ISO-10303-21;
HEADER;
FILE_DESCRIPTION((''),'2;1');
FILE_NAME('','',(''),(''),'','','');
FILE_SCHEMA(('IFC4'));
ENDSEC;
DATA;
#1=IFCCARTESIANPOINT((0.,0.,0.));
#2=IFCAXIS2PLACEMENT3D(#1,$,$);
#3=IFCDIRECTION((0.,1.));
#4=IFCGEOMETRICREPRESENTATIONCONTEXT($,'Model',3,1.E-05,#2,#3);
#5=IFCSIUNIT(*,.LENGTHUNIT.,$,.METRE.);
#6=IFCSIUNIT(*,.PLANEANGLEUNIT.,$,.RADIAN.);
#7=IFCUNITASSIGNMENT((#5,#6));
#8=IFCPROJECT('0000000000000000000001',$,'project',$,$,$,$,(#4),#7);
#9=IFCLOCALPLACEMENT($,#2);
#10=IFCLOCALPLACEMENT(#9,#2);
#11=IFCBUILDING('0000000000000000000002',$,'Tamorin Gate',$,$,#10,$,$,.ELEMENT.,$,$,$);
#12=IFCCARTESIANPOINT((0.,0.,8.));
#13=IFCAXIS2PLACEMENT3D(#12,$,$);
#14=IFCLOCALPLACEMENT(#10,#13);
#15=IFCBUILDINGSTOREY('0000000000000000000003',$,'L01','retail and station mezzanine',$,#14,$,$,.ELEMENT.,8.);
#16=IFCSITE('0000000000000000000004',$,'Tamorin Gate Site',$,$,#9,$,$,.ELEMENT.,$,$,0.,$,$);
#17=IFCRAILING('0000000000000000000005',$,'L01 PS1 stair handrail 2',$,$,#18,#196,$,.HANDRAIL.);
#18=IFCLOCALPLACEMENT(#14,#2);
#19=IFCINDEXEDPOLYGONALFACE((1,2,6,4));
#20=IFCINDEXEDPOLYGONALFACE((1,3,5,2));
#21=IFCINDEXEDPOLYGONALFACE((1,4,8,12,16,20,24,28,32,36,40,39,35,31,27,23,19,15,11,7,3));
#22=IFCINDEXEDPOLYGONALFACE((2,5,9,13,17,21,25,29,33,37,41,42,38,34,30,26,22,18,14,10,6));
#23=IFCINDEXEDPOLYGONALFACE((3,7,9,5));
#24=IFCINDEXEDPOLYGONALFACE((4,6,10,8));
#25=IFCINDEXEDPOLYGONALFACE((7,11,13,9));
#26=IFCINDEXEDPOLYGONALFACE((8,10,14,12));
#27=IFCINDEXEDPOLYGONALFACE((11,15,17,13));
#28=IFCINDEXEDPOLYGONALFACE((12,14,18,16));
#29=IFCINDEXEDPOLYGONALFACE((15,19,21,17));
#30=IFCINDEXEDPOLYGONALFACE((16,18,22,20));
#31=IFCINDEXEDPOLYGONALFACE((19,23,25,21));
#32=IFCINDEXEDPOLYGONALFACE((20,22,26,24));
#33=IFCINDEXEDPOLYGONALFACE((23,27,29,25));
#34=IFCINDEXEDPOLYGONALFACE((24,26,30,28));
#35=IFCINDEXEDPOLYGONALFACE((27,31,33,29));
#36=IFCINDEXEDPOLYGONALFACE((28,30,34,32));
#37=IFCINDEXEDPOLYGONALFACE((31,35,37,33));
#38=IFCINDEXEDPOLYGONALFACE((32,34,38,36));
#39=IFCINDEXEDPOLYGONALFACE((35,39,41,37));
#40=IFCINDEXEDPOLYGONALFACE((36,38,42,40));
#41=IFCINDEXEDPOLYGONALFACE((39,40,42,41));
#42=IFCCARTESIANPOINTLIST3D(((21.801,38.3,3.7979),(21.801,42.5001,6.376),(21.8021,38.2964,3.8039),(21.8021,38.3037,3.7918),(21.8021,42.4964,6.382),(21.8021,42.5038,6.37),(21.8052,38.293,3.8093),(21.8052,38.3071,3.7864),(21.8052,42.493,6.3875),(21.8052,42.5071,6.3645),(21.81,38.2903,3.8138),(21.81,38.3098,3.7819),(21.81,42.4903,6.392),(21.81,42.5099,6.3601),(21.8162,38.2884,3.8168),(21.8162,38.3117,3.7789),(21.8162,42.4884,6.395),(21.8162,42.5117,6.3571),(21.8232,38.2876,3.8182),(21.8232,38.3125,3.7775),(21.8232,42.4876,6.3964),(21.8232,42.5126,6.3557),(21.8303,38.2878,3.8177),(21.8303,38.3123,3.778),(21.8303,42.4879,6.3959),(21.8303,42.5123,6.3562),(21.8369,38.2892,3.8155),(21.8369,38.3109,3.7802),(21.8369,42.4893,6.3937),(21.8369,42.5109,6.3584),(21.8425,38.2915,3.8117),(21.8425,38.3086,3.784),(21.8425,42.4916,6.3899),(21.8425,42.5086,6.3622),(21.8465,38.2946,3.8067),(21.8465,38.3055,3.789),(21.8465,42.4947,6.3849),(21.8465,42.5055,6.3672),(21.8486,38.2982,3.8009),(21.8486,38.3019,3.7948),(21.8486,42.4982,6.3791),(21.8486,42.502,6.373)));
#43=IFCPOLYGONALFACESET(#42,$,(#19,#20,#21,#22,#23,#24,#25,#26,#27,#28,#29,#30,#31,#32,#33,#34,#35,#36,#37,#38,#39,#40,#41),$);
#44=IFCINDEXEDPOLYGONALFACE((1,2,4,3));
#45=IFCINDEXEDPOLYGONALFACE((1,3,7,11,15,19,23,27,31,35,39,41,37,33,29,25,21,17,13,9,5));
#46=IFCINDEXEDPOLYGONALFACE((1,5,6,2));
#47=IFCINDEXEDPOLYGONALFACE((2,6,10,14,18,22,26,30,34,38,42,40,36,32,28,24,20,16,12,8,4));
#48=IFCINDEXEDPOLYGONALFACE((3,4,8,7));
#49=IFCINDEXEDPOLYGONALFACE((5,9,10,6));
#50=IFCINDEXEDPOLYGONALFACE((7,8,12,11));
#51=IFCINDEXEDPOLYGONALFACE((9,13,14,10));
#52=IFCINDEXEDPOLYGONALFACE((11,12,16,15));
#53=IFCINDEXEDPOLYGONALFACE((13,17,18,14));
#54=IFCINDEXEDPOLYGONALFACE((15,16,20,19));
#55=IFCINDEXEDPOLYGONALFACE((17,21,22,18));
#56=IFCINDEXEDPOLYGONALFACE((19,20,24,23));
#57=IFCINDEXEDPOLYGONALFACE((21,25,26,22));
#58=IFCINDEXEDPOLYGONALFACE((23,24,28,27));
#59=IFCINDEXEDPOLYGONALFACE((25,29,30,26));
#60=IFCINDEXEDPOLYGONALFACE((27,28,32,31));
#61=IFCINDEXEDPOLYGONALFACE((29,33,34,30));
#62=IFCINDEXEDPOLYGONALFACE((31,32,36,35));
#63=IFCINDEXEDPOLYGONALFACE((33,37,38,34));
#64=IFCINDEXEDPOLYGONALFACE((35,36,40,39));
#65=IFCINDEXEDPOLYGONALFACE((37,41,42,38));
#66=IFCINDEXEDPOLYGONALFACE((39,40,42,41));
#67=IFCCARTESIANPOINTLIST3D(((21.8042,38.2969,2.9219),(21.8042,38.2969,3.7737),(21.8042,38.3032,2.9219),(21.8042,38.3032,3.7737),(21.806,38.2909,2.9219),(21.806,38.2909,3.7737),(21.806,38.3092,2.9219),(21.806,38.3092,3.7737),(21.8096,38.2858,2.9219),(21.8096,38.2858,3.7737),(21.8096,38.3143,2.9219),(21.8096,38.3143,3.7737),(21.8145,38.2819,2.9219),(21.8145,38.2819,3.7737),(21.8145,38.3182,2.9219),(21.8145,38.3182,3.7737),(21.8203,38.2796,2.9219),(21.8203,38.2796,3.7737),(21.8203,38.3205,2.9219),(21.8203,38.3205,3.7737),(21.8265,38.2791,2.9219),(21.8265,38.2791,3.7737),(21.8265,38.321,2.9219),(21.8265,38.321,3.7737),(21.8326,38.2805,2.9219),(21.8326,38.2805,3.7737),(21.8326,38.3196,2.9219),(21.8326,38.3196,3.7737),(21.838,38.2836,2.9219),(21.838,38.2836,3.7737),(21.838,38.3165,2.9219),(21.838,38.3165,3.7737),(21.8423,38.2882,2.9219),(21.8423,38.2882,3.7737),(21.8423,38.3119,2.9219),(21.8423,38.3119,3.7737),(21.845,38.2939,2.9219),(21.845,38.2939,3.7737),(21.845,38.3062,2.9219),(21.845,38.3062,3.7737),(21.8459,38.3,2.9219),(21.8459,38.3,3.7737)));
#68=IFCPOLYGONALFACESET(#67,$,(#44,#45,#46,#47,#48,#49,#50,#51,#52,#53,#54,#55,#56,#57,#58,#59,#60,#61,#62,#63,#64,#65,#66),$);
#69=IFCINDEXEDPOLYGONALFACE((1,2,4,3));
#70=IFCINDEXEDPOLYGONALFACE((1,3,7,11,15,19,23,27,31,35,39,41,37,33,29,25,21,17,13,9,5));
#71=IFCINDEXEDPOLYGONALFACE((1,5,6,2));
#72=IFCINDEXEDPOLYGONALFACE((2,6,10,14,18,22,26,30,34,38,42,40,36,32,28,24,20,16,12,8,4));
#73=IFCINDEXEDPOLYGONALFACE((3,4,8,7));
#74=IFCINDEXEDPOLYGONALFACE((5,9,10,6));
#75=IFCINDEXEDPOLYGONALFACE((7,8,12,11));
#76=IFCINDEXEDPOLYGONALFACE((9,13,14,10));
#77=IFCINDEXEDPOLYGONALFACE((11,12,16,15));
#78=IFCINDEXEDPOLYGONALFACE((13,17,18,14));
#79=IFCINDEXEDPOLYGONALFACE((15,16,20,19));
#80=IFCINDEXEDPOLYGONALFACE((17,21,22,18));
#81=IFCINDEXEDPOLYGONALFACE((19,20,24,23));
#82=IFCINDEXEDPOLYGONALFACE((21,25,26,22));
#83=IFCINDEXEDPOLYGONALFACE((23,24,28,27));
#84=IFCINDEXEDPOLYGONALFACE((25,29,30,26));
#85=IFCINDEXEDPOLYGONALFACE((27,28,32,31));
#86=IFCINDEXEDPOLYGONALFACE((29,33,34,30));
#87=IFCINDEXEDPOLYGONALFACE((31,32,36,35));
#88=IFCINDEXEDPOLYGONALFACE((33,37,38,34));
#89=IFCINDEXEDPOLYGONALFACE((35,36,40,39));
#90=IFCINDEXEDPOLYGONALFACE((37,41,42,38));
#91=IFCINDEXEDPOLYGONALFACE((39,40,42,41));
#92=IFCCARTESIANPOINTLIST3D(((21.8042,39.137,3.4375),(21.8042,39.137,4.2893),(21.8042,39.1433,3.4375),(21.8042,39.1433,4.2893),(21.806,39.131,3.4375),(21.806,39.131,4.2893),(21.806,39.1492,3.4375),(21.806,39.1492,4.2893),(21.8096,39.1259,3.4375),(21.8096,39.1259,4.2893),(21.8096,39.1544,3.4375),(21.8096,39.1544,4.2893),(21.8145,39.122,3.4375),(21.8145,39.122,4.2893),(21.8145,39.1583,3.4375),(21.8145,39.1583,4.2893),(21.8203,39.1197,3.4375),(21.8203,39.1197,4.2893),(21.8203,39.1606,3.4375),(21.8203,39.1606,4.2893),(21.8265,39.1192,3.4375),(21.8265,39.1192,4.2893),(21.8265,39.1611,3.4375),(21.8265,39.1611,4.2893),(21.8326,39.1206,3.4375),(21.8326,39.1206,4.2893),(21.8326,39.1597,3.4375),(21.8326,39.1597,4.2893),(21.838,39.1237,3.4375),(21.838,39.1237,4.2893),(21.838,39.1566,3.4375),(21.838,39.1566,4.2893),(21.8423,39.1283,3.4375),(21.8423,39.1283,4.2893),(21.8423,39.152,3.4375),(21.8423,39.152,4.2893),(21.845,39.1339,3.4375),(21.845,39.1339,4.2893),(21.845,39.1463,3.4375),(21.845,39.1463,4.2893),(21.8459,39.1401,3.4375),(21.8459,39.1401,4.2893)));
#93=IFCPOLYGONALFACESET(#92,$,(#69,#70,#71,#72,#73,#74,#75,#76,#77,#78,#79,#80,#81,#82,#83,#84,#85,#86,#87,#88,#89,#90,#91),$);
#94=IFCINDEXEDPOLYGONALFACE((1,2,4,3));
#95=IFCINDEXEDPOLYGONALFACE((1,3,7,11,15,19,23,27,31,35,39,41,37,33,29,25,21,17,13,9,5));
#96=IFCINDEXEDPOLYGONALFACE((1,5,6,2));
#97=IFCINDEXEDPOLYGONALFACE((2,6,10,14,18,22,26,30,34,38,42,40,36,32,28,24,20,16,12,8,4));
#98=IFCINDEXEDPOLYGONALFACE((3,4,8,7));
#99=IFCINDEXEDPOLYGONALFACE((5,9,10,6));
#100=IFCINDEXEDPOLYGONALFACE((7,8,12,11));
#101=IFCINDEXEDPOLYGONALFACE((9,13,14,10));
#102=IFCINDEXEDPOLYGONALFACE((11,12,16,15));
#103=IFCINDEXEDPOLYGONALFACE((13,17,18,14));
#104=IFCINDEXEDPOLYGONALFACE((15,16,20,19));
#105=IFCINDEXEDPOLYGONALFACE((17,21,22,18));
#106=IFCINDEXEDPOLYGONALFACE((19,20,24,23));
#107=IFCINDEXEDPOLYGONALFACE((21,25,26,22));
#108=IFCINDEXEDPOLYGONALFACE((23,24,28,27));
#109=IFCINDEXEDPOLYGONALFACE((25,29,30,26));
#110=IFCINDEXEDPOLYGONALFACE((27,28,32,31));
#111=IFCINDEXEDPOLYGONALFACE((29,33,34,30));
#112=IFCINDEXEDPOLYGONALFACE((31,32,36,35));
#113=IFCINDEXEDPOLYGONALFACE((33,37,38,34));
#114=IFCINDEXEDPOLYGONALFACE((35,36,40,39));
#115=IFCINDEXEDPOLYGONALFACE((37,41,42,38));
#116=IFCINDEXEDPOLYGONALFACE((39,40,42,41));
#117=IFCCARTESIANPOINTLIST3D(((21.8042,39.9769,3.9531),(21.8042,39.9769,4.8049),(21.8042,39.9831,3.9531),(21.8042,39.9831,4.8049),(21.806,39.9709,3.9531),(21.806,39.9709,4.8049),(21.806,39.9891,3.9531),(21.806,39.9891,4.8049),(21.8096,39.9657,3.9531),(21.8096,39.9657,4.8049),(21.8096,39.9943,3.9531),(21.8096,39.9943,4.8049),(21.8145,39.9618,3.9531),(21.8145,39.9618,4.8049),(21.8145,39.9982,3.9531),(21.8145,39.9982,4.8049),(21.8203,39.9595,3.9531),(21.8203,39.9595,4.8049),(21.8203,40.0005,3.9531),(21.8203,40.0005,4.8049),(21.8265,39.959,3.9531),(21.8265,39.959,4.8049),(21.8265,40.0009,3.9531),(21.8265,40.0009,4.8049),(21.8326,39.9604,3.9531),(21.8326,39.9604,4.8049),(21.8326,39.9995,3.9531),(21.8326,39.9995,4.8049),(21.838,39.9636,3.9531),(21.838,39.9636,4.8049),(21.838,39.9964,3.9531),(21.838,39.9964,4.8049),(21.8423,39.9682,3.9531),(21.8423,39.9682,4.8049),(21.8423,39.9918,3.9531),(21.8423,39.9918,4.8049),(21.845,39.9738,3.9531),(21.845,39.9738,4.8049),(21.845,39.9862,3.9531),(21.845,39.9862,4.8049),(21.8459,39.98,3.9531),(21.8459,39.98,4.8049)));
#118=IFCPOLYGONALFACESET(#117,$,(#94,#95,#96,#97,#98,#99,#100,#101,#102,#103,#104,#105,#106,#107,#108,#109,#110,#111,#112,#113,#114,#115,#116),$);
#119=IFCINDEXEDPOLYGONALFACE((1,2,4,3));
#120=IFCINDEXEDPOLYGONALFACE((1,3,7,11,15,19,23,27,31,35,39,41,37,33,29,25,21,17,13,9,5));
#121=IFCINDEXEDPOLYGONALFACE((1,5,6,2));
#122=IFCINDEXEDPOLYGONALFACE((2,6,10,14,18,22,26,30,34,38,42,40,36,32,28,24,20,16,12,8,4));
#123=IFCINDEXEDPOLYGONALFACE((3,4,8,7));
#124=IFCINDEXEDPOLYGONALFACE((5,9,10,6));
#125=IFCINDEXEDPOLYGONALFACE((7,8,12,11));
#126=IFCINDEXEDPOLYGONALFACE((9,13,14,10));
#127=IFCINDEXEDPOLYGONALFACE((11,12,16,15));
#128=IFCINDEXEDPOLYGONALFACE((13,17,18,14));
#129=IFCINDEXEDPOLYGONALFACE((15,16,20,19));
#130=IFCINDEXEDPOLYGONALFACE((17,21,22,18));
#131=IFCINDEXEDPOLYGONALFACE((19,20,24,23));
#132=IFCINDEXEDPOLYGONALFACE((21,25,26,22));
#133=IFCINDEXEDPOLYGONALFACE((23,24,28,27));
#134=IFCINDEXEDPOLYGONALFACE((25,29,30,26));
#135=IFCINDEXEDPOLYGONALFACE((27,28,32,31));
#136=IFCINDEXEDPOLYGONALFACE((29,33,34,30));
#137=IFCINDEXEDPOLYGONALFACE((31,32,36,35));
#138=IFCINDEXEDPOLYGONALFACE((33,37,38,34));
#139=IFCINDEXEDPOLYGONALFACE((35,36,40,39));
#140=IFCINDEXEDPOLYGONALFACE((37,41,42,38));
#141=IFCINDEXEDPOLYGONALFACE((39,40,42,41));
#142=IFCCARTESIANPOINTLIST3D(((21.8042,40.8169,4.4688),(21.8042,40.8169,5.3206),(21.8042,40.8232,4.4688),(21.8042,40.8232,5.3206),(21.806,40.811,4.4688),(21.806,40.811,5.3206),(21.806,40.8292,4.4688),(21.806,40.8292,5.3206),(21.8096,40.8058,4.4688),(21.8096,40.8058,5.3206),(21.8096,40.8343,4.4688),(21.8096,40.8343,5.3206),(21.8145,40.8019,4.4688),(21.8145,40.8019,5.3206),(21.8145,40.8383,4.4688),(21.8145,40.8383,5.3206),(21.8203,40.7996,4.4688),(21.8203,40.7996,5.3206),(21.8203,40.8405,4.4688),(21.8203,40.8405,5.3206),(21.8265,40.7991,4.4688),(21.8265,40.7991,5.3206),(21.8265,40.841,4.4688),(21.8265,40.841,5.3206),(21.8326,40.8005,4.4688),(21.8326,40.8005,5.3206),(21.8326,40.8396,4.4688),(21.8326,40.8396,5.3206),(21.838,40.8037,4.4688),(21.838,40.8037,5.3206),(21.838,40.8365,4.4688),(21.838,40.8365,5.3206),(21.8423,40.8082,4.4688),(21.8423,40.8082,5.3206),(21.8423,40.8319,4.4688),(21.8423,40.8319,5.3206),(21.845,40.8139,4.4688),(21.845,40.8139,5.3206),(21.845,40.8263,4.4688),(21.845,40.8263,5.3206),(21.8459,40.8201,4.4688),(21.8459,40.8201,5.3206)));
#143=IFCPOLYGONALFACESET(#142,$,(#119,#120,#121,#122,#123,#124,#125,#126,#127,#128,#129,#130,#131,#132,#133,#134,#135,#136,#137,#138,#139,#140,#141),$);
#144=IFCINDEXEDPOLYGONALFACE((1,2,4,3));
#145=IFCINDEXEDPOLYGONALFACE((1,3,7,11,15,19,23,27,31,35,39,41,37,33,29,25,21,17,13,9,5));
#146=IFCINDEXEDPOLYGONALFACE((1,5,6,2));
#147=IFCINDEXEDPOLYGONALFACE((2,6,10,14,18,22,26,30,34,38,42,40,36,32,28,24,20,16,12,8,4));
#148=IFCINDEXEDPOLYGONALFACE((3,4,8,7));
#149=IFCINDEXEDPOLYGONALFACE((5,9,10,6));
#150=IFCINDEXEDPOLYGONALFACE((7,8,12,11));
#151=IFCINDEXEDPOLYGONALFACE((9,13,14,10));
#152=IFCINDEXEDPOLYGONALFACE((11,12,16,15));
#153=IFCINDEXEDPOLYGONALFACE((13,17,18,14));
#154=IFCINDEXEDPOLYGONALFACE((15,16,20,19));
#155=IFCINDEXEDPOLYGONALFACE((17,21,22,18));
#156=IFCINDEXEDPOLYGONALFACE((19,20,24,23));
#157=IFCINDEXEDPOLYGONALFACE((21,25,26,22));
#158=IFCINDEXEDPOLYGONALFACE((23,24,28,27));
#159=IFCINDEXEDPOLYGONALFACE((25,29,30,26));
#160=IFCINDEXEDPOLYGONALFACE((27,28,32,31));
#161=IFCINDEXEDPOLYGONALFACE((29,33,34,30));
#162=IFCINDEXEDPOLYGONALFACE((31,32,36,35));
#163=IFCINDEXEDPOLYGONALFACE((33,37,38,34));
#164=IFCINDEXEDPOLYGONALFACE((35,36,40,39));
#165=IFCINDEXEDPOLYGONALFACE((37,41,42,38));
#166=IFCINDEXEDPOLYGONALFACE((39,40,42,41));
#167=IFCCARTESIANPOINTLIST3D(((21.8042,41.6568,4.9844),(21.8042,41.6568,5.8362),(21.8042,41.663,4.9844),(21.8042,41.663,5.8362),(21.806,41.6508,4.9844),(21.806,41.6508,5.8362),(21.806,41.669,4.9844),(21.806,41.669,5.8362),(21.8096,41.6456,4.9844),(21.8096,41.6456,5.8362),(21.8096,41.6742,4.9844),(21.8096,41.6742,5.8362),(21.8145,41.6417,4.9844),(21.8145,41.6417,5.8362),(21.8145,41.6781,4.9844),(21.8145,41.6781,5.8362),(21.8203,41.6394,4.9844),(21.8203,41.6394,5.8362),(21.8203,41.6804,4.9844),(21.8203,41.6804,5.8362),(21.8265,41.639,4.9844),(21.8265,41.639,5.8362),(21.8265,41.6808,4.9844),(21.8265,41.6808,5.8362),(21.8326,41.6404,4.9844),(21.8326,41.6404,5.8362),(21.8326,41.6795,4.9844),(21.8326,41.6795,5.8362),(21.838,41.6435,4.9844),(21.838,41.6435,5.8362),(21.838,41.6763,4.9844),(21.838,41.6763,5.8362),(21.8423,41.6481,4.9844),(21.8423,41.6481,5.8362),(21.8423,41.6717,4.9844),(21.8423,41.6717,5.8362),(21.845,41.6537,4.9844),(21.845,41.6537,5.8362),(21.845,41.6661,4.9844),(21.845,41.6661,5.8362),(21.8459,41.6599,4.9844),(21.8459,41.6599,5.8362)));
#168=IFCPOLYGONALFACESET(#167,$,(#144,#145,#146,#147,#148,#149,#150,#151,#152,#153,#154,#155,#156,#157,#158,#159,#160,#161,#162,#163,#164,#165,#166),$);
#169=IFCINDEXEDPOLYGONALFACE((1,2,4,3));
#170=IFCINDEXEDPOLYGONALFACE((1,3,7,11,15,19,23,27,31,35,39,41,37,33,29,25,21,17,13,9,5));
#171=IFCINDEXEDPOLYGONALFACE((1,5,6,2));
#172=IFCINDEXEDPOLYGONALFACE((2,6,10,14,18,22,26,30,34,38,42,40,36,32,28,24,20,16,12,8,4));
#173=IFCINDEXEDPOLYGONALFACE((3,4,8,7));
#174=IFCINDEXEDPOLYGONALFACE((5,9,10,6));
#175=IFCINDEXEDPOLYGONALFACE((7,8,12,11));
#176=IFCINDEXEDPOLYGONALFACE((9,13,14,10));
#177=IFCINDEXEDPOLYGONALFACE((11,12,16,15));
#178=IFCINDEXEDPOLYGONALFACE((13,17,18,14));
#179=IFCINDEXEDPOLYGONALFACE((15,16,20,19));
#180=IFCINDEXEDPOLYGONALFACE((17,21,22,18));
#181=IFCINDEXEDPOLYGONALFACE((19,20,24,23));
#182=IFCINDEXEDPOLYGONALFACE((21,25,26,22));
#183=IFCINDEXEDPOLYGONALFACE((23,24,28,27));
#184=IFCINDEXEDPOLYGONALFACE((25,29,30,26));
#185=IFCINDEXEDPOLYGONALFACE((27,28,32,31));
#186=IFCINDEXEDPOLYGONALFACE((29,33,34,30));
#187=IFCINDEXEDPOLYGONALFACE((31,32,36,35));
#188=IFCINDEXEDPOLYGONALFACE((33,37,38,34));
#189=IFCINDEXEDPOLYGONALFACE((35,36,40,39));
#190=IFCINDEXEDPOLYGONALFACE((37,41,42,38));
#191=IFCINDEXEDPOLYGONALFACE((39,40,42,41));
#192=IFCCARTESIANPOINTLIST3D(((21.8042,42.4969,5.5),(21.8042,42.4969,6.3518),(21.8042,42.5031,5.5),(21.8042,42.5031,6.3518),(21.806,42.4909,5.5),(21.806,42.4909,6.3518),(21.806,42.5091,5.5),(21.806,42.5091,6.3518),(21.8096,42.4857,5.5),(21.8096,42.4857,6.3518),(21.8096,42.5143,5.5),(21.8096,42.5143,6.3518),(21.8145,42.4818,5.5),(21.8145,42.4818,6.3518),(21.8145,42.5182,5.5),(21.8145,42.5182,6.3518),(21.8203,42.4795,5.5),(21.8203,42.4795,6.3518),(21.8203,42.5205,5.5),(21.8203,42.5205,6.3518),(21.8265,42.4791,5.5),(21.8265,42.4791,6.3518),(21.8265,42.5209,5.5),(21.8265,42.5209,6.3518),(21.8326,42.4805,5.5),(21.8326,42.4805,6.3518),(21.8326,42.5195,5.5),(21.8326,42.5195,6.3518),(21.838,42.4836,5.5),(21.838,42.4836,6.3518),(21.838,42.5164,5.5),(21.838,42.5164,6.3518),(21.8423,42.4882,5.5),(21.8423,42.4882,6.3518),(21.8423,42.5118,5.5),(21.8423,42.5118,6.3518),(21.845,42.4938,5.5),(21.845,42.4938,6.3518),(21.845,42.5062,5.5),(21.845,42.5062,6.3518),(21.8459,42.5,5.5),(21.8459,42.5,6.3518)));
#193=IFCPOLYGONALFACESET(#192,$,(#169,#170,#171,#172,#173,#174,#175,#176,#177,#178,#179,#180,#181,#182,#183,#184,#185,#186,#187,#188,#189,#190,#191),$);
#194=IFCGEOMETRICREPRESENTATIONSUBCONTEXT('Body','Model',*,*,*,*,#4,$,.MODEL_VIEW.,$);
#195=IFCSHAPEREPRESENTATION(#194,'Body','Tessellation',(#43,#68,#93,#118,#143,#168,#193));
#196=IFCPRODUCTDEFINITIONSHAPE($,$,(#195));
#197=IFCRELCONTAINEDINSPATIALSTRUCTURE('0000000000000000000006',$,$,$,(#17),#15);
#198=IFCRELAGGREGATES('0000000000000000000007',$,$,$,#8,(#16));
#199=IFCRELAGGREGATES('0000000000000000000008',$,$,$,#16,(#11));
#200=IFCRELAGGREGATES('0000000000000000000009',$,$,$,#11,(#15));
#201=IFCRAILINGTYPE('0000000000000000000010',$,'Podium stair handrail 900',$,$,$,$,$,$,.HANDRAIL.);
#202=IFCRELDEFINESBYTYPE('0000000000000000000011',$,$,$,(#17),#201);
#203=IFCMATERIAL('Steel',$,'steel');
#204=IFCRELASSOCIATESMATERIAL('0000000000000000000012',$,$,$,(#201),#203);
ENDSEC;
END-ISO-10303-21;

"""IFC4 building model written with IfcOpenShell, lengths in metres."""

from ifc_helpers import new_model, si_unit, direction, frame, origin, origin_2d, place, context, subcontext, project, spatial, circle, extrude, material, type_object, element, save


model = new_model("IFC4")

# Units and contexts
model_context = context("Model", 3, precision=1e-05, world=origin(), true_north=direction((0.0, 1.0)))
body_context = subcontext(model_context, "Body", "Model", "MODEL_VIEW")
ifc_project = project(units=[si_unit("LENGTHUNIT", "METRE"), si_unit("PLANEANGLEUNIT", "RADIAN")], contexts=[model_context])

# Site, building, storey
site_placement = place(None, origin())
site = spatial("IfcSite", under=ifc_project, at=site_placement, Name="Tamorin Gate Site", CompositionType="ELEMENT", RefElevation=0.0)
building_placement = place(site_placement, origin())
building = spatial("IfcBuilding", under=site, at=building_placement, Name="Tamorin Gate", CompositionType="ELEMENT")
storey_placement = place(building_placement, frame((0.0, 0.0, 8.0)))
storey = spatial("IfcBuildingStorey", under=building, at=storey_placement, Name="L01", Description="retail and station mezzanine", CompositionType="ELEMENT", Elevation=8.0)

# Railing
ifc_material_1 = material(Name="Steel", Category="steel")
railing_type_1 = type_object("IfcRailingType", Name="Podium stair handrail 900", PredefinedType="HANDRAIL", material=ifc_material_1)
railing_1_placement = place(storey_placement, frame((21.825, 38.3, 2.9219)))
element("IfcRailing", 1, at=railing_1_placement, inside=storey, type_object=railing_type_1, Name="L01 PS1 stair handrail 2", PredefinedType="HANDRAIL", context=body_context, shape_type="SweptSolid", body=[
    extrude(circle(Radius=0.0239, at=origin_2d()), frame((0.0, 0.0, 0.876), z_axis=(0.0, 0.852243, 0.523146), x_axis=(-1.0, 0.0, 0.0)), (0.0, 0.0, 1.0), 4.9282),
    extrude(circle(Radius=0.021, at=origin_2d()), origin(), (0.0, 0.0, 1.0), 0.8518),
    extrude(circle(Radius=0.021, at=origin_2d()), frame((0.0, 0.8401, 0.5156)), (0.0, 0.0, 1.0), 0.8518),
    extrude(circle(Radius=0.021, at=origin_2d()), frame((0.0, 1.6799, 1.0312)), (0.0, 0.0, 1.0), 0.8518),
    extrude(circle(Radius=0.021, at=origin_2d()), frame((0.0, 2.52, 1.5469)), (0.0, 0.0, 1.0), 0.8518),
    extrude(circle(Radius=0.021, at=origin_2d()), frame((0.0, 3.3599, 2.0625)), (0.0, 0.0, 1.0), 0.8518),
    extrude(circle(Radius=0.021, at=origin_2d()), frame((0.0, 4.2, 2.5781)), (0.0, 0.0, 1.0), 0.8518),
])

save(model, "model.ifc")
